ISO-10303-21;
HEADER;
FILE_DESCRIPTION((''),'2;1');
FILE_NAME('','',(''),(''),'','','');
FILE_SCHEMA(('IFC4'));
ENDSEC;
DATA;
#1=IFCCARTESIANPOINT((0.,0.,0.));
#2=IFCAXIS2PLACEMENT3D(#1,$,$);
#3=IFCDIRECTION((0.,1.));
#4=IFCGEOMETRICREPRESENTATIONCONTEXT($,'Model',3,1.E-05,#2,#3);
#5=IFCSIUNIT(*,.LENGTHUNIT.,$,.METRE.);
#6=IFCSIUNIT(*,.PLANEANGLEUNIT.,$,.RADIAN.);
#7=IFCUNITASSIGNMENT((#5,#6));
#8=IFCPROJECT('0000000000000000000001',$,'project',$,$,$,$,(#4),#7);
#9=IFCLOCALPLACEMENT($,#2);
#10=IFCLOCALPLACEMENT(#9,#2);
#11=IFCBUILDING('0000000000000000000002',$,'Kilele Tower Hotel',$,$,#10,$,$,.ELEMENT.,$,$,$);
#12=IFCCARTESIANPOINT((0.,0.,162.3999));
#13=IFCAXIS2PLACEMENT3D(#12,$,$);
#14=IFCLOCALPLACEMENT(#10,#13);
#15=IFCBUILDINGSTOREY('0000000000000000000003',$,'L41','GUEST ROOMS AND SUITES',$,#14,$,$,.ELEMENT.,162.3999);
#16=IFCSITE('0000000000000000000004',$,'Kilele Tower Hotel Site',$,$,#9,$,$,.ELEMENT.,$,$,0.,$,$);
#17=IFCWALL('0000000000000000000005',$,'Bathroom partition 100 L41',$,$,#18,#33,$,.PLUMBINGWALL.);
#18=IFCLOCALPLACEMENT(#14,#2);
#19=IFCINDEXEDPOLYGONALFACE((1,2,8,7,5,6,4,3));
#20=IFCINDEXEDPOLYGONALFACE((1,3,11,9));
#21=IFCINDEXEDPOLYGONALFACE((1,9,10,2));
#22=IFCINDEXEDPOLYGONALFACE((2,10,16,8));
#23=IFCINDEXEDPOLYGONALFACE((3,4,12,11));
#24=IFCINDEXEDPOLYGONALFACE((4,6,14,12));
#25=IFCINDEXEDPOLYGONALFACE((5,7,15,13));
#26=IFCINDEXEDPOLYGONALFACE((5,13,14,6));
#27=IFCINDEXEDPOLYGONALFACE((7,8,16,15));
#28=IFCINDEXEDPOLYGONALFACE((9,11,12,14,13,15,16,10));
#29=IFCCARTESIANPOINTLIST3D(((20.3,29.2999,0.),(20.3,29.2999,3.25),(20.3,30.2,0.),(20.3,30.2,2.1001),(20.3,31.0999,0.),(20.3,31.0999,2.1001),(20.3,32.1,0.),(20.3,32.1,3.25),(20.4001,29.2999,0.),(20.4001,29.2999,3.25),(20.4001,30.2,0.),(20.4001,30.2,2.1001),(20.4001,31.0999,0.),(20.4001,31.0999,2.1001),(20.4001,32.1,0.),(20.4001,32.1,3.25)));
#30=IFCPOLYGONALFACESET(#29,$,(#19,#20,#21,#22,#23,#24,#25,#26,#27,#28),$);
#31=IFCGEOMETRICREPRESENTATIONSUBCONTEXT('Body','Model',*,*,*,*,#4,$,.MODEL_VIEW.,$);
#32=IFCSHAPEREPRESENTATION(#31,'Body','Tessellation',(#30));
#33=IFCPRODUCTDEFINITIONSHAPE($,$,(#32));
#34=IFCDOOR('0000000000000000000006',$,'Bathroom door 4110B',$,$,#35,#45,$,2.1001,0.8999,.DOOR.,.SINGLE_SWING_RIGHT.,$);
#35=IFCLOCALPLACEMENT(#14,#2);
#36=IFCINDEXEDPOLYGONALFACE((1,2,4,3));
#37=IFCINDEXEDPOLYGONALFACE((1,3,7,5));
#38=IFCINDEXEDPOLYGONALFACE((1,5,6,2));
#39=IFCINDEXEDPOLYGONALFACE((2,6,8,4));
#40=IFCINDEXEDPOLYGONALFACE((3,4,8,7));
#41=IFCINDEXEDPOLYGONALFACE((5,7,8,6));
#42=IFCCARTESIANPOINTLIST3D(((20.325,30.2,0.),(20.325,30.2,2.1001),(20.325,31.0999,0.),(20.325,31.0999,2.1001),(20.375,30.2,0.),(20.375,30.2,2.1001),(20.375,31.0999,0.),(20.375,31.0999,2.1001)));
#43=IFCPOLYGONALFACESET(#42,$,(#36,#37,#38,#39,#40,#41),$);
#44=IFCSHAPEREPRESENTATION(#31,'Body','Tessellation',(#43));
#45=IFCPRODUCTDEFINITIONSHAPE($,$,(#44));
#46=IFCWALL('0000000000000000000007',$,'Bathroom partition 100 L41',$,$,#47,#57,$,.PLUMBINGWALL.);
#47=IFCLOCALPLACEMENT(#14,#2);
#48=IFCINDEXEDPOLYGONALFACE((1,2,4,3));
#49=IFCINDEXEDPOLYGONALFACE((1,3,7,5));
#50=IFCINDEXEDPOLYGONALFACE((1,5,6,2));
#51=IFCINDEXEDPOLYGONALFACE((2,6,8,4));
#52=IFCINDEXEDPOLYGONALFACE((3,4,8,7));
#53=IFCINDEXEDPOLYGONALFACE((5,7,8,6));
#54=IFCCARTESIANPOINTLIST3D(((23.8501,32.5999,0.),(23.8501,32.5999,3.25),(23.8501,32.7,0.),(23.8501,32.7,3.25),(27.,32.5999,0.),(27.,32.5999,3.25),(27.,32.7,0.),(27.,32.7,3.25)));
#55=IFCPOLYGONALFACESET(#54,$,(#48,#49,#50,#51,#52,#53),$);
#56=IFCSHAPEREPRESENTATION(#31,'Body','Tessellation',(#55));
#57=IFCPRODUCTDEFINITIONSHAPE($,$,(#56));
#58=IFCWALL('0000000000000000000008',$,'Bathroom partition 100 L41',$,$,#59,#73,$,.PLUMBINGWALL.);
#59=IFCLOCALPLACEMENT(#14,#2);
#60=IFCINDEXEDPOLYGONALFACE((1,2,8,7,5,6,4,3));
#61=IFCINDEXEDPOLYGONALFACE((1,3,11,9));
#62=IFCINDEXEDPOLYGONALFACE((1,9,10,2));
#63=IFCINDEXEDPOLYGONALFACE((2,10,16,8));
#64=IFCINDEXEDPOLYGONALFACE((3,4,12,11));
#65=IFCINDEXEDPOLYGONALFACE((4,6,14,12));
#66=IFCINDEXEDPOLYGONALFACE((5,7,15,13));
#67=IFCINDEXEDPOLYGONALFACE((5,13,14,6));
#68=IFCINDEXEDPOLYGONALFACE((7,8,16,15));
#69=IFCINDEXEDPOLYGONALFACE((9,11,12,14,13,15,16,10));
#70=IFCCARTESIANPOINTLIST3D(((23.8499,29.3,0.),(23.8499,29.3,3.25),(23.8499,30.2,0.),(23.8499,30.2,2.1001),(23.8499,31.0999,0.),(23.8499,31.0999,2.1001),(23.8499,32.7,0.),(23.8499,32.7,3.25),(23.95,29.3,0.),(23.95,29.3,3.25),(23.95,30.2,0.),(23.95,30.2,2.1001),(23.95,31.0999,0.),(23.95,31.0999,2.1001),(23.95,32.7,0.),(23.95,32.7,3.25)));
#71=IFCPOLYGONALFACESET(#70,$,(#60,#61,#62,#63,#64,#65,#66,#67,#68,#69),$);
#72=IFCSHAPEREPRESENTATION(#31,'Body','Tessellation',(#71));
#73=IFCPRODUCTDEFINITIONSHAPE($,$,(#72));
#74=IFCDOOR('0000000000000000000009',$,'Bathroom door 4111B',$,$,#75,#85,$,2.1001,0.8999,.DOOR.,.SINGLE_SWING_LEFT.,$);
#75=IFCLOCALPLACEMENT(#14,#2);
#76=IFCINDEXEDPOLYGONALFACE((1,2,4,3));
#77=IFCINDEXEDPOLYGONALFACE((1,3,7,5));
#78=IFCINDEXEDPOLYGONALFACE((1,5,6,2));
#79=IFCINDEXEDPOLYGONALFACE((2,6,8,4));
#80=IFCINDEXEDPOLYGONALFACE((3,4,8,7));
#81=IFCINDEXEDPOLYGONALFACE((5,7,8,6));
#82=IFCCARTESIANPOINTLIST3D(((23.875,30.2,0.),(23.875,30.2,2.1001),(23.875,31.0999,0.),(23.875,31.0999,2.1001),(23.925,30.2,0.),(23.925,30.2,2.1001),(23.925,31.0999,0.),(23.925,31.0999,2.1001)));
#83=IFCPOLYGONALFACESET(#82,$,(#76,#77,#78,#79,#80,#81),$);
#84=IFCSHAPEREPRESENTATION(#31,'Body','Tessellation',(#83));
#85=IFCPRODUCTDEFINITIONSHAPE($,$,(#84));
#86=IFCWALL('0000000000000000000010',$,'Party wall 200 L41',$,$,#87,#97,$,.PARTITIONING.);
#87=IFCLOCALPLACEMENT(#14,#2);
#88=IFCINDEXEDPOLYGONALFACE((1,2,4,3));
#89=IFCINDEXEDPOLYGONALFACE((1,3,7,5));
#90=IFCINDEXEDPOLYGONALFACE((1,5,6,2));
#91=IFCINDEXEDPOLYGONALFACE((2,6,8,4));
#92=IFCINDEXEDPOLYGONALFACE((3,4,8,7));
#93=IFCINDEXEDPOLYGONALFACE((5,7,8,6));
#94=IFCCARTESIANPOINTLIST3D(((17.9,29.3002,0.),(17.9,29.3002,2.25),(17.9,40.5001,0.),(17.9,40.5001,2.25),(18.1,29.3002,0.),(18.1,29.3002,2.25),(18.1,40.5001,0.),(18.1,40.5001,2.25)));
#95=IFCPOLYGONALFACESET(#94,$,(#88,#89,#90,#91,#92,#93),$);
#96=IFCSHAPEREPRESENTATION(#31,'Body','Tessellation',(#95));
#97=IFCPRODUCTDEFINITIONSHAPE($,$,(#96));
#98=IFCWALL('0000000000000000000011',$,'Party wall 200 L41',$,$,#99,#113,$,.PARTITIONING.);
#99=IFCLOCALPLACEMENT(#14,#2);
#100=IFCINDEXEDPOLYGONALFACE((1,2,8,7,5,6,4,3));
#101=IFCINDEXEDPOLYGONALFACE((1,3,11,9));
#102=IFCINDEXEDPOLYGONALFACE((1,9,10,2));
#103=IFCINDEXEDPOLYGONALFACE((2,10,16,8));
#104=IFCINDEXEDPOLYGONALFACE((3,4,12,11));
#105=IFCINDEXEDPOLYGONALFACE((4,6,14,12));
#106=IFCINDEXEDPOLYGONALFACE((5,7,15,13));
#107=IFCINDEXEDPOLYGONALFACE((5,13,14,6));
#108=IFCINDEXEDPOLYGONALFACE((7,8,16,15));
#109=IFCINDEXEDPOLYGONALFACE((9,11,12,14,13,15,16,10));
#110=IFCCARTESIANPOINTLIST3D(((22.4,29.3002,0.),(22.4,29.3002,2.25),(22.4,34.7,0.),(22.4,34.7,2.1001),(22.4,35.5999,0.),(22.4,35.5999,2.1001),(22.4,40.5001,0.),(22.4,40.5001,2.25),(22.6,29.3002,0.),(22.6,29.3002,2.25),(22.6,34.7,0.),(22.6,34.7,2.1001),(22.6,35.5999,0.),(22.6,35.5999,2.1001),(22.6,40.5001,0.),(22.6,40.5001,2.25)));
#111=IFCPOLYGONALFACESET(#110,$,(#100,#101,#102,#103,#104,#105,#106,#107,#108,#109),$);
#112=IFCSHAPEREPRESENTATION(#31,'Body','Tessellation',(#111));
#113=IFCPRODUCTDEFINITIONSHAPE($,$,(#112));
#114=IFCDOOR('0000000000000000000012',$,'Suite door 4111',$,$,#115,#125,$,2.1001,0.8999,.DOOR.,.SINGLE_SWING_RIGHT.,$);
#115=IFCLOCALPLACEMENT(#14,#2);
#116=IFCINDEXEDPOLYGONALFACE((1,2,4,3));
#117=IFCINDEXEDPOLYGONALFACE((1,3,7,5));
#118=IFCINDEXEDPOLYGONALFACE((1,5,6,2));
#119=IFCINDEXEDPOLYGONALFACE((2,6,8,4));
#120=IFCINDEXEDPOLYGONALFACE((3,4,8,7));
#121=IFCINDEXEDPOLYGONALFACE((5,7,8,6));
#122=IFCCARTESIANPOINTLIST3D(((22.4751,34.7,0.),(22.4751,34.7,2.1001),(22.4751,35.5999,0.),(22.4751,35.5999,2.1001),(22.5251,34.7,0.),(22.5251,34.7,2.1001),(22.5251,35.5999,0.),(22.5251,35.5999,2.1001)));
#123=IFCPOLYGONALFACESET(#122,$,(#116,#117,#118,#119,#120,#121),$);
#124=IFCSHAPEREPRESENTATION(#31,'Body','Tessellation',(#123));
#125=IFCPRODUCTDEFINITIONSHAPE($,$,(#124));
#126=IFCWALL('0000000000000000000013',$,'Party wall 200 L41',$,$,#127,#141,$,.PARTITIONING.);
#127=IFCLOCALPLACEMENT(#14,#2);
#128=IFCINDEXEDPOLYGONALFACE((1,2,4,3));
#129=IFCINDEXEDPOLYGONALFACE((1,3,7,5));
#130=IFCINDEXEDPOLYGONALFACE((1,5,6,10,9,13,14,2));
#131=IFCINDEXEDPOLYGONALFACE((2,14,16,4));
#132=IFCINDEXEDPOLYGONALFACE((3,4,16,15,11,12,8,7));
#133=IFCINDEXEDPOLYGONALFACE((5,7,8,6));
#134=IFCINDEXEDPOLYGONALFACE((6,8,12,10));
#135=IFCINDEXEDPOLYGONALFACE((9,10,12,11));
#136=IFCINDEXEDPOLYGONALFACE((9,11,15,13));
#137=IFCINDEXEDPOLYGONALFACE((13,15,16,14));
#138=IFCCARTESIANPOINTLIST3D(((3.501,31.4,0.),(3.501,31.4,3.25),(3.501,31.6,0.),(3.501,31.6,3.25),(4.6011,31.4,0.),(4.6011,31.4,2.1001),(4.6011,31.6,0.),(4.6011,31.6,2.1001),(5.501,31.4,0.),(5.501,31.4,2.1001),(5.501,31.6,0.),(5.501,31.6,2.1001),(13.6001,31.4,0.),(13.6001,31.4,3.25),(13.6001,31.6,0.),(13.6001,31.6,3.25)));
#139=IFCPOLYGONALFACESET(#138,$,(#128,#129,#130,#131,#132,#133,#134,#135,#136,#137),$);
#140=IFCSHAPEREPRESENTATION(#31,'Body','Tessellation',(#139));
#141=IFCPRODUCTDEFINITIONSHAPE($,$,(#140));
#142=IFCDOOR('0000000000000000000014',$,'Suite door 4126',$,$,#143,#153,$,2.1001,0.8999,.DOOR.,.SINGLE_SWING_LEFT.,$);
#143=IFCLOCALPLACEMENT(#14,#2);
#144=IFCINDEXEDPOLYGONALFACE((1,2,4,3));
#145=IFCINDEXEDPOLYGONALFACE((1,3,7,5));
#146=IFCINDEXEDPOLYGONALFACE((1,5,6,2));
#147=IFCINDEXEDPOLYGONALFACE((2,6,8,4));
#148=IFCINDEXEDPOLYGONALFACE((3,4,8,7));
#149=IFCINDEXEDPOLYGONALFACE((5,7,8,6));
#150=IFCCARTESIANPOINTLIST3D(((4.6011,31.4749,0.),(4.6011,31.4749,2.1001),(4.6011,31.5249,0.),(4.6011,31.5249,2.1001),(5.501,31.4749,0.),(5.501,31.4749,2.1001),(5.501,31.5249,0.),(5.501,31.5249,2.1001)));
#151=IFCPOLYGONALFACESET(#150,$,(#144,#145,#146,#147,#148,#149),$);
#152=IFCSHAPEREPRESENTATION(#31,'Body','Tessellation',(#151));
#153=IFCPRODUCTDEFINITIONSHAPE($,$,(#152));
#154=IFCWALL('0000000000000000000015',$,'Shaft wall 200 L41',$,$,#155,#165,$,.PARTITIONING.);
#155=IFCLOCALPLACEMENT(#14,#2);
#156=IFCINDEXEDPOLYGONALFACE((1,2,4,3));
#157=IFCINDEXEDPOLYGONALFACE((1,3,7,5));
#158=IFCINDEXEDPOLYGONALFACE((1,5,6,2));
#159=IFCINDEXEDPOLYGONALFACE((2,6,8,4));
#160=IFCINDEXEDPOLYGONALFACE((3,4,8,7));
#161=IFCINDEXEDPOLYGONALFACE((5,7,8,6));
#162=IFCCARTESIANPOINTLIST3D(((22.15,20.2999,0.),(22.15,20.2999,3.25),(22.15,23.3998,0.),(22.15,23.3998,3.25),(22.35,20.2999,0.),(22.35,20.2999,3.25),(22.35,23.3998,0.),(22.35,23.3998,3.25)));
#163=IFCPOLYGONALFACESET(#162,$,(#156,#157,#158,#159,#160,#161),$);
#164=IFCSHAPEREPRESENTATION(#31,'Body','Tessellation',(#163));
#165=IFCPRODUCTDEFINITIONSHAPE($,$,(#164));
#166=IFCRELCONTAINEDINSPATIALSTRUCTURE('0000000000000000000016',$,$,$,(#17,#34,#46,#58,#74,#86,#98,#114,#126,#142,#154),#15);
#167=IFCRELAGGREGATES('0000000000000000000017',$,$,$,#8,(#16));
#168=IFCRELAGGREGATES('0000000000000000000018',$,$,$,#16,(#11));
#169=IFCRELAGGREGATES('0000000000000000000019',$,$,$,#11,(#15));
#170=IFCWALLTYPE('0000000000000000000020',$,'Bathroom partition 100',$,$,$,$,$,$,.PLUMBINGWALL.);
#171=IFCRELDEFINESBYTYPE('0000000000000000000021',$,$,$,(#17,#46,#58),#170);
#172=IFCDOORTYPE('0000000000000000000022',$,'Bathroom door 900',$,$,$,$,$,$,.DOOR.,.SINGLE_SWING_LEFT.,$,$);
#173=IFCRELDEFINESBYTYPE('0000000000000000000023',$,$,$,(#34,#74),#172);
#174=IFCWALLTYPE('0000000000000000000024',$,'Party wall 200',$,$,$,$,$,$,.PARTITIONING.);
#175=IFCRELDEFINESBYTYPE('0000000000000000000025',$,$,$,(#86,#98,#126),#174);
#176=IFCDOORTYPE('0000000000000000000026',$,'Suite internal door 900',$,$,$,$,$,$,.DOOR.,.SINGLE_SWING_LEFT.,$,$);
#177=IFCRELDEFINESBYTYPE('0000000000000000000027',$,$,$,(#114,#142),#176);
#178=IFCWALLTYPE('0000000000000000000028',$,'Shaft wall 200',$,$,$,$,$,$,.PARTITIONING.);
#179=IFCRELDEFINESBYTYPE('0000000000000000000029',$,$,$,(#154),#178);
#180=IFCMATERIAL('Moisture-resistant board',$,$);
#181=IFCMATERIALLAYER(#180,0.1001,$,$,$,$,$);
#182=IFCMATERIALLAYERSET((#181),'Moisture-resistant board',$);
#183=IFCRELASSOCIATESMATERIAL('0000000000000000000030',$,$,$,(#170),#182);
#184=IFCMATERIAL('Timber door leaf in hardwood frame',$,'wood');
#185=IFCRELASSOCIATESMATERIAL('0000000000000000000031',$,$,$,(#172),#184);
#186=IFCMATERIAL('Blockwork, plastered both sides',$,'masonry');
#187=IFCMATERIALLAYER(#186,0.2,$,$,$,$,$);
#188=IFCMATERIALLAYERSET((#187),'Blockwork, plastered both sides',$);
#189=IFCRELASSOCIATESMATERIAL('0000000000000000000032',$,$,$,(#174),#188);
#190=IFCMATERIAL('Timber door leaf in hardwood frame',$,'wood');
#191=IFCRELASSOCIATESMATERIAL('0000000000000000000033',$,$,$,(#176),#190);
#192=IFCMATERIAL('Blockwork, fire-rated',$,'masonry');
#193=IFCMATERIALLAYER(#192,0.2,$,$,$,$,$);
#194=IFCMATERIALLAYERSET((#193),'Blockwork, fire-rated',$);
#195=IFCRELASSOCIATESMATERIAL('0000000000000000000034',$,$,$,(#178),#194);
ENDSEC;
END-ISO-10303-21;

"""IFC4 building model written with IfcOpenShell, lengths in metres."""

from ifc_helpers import new_model, si_unit, direction, frame, frame_2d, origin, place, context, subcontext, project, spatial, rectangle, extrude, material, layer, layer_set, type_object, element, fill, save


model = new_model("IFC4")

# Units and contexts
model_context = context("Model", 3, precision=1e-05, world=origin(), true_north=direction((0.0, 1.0)))
body_context = subcontext(model_context, "Body", "Model", "MODEL_VIEW")
ifc_project = project(units=[si_unit("LENGTHUNIT", "METRE"), si_unit("PLANEANGLEUNIT", "RADIAN")], contexts=[model_context])

# Site, building, storey
site_placement = place(None, origin())
site = spatial("IfcSite", under=ifc_project, at=site_placement, Name="Kilele Tower Hotel Site", CompositionType="ELEMENT", RefElevation=0.0)
building_placement = place(site_placement, origin())
building = spatial("IfcBuilding", under=site, at=building_placement, Name="Kilele Tower Hotel", CompositionType="ELEMENT")
storey_placement = place(building_placement, frame((0.0, 0.0, 162.3999)))
storey = spatial("IfcBuildingStorey", under=building, at=storey_placement, Name="L41", Description="GUEST ROOMS AND SUITES", CompositionType="ELEMENT", Elevation=162.3999)

# Shared definitions
ifc_material_1 = material(Name="Moisture-resistant board")
ifc_layer_1 = layer(ifc_material_1, 0.1001)
ifc_layer_set_1 = layer_set([ifc_layer_1], Name="Moisture-resistant board")
wall_type_1 = type_object("IfcWallType", Name="Bathroom partition 100", PredefinedType="PLUMBINGWALL", material=ifc_layer_set_1)

# Shared definitions
ifc_material_2 = material(Name="Timber door leaf in hardwood frame", Category="wood")
door_type_1 = type_object("IfcDoorType", Name="Bathroom door 900", OperationType="SINGLE_SWING_LEFT", PredefinedType="DOOR", material=ifc_material_2)

# Wall, opening, door
wall_1_placement = place(storey_placement, frame((20.3501, 29.3, 0.0), z_axis=(0.0, 0.0, 1.0), x_axis=(0.0, 1.0, 0.0)))
wall_1 = element("IfcWall", 1, at=wall_1_placement, inside=storey, type_object=wall_type_1, Name="Bathroom partition 100 L41", PredefinedType="PLUMBINGWALL", context=body_context, shape_type="SweptSolid", body=[
    extrude(rectangle(XDim=2.8, YDim=0.1001, at=frame_2d((1.3999, 0.0))), origin(), (0.0, 0.0, 1.0), 3.25),
])
opening_1_placement = place(wall_1_placement, frame((1.7998, 0.0, 0.0), z_axis=(0.0, 0.0, 1.0), x_axis=(-1.0, 0.0, 0.0)))
opening_1 = element("IfcOpeningElement", 2, at=opening_1_placement, cuts=wall_1, PredefinedType="OPENING", context=body_context, shape_type="SweptSolid", body=[
    extrude(rectangle(XDim=0.8999, YDim=2.1001, at=frame_2d((0.45, 1.05))), frame((0.0, 0.0601, 0.0), z_axis=(0.0, -1.0, 0.0), x_axis=(1.0, 0.0, 0.0)), (0.0, 0.0, 1.0), 0.1201),
])
door_1_placement = place(opening_1_placement, origin())
door_1 = element("IfcDoor", 3, at=door_1_placement, inside=storey, type_object=door_type_1, Name="Bathroom door 4110B", OperationType="SINGLE_SWING_RIGHT", OverallHeight=2.1001, OverallWidth=0.8999, PredefinedType="DOOR", context=body_context, shape_type="SweptSolid", body=[
    extrude(rectangle(XDim=0.8999, YDim=2.1001, at=frame_2d((0.45, 1.05))), frame((0.0, 0.0249, 0.0), z_axis=(0.0, -1.0, 0.0), x_axis=(1.0, 0.0, 0.0)), (0.0, 0.0, 1.0), 0.05),
])
fill(opening_1, door_1)

# Wall
wall_2_placement = place(storey_placement, frame((23.8501, 32.6499, 0.0), z_axis=(0.0, 0.0, 1.0), x_axis=(1.0, 0.0, 0.0)))
element("IfcWall", 4, at=wall_2_placement, inside=storey, type_object=wall_type_1, Name="Bathroom partition 100 L41", PredefinedType="PLUMBINGWALL", context=body_context, shape_type="SweptSolid", body=[
    extrude(rectangle(XDim=3.1499, YDim=0.1001, at=frame_2d((1.575, 0.0))), origin(), (0.0, 0.0, 1.0), 3.25),
])

# Wall, opening, door
wall_3_placement = place(storey_placement, frame((23.8999, 29.3, 0.0), z_axis=(0.0, 0.0, 1.0), x_axis=(0.0, 1.0, 0.0)))
wall_3 = element("IfcWall", 5, at=wall_3_placement, inside=storey, type_object=wall_type_1, Name="Bathroom partition 100 L41", PredefinedType="PLUMBINGWALL", context=body_context, shape_type="SweptSolid", body=[
    extrude(rectangle(XDim=3.3999, YDim=0.1001, at=frame_2d((1.7, 0.0))), origin(), (0.0, 0.0, 1.0), 3.25),
])
opening_2_placement = place(wall_3_placement, frame((0.8999, 0.0, 0.0)))
opening_2 = element("IfcOpeningElement", 6, at=opening_2_placement, cuts=wall_3, PredefinedType="OPENING", context=body_context, shape_type="SweptSolid", body=[
    extrude(rectangle(XDim=0.8999, YDim=2.1001, at=frame_2d((0.45, 1.05))), frame((0.0, 0.0601, 0.0), z_axis=(0.0, -1.0, 0.0), x_axis=(1.0, 0.0, 0.0)), (0.0, 0.0, 1.0), 0.1201),
])
door_2_placement = place(opening_2_placement, origin())
door_2 = element("IfcDoor", 7, at=door_2_placement, inside=storey, type_object=door_type_1, Name="Bathroom door 4111B", OperationType="SINGLE_SWING_LEFT", OverallHeight=2.1001, OverallWidth=0.8999, PredefinedType="DOOR", context=body_context, shape_type="SweptSolid", body=[
    extrude(rectangle(XDim=0.8999, YDim=2.1001, at=frame_2d((0.45, 1.05))), frame((0.0, 0.0249, 0.0), z_axis=(0.0, -1.0, 0.0), x_axis=(1.0, 0.0, 0.0)), (0.0, 0.0, 1.0), 0.05),
])
fill(opening_2, door_2)

# Wall
ifc_material_3 = material(Name="Blockwork, plastered both sides", Category="masonry")
ifc_layer_2 = layer(ifc_material_3, 0.2)
ifc_layer_set_2 = layer_set([ifc_layer_2], Name="Blockwork, plastered both sides")
wall_type_2 = type_object("IfcWallType", Name="Party wall 200", PredefinedType="PARTITIONING", material=ifc_layer_set_2)
wall_4_placement = place(storey_placement, frame((18.0, 29.3, 0.0), z_axis=(0.0, 0.0, 1.0), x_axis=(0.0, 1.0, 0.0)))
element("IfcWall", 8, at=wall_4_placement, inside=storey, type_object=wall_type_2, Name="Party wall 200 L41", PredefinedType="PARTITIONING", context=body_context, shape_type="SweptSolid", body=[
    extrude(rectangle(XDim=11.2, YDim=0.2, at=frame_2d((5.6001, 0.0))), origin(), (0.0, 0.0, 1.0), 2.25),
])

# Walls, openings, doors
wall_5_placement = place(storey_placement, frame((22.5, 29.3, 0.0), z_axis=(0.0, 0.0, 1.0), x_axis=(0.0, 1.0, 0.0)))
wall_5 = element("IfcWall", 9, at=wall_5_placement, inside=storey, type_object=wall_type_2, Name="Party wall 200 L41", PredefinedType="PARTITIONING", context=body_context, shape_type="SweptSolid", body=[
    extrude(rectangle(XDim=11.2, YDim=0.2, at=frame_2d((5.6001, 0.0))), origin(), (0.0, 0.0, 1.0), 2.25),
])
opening_3_placement = place(wall_5_placement, frame((5.3999, 0.0, 0.0)))
opening_3 = element("IfcOpeningElement", 10, at=opening_3_placement, cuts=wall_5, PredefinedType="OPENING", context=body_context, shape_type="SweptSolid", body=[
    extrude(rectangle(XDim=0.8999, YDim=2.1001, at=frame_2d((0.45, 1.05))), frame((0.0, 0.1099, 0.0), z_axis=(0.0, -1.0, 0.0), x_axis=(1.0, 0.0, 0.0)), (0.0, 0.0, 1.0), 0.22),
])
ifc_material_4 = material(Name="Timber door leaf in hardwood frame", Category="wood")
door_type_2 = type_object("IfcDoorType", Name="Suite internal door 900", OperationType="SINGLE_SWING_LEFT", PredefinedType="DOOR", material=ifc_material_4)
door_3_placement = place(opening_3_placement, origin())
door_3 = element("IfcDoor", 11, at=door_3_placement, inside=storey, type_object=door_type_2, Name="Suite door 4111", OperationType="SINGLE_SWING_RIGHT", OverallHeight=2.1001, OverallWidth=0.8999, PredefinedType="DOOR", context=body_context, shape_type="SweptSolid", body=[
    extrude(rectangle(XDim=0.8999, YDim=2.1001, at=frame_2d((0.45, 1.05))), frame((0.0, 0.0249, 0.0), z_axis=(0.0, -1.0, 0.0), x_axis=(1.0, 0.0, 0.0)), (0.0, 0.0, 1.0), 0.05),
])
fill(opening_3, door_3)
wall_6_placement = place(storey_placement, frame((13.6001, 31.5, 0.0), z_axis=(0.0, 0.0, 1.0), x_axis=(-1.0, 0.0, 0.0)))
wall_6 = element("IfcWall", 12, at=wall_6_placement, inside=storey, type_object=wall_type_2, Name="Party wall 200 L41", PredefinedType="PARTITIONING", context=body_context, shape_type="SweptSolid", body=[
    extrude(rectangle(XDim=10.0991, YDim=0.2, at=frame_2d((5.0496, 0.0))), origin(), (0.0, 0.0, 1.0), 3.25),
])
opening_4_placement = place(wall_6_placement, frame((8.999, 0.0, 0.0), z_axis=(0.0, 0.0, 1.0), x_axis=(-1.0, 0.0, 0.0)))
opening_4 = element("IfcOpeningElement", 13, at=opening_4_placement, cuts=wall_6, PredefinedType="OPENING", context=body_context, shape_type="SweptSolid", body=[
    extrude(rectangle(XDim=0.8999, YDim=2.1001, at=frame_2d((0.45, 1.05))), frame((0.0, 0.1099, 0.0), z_axis=(0.0, -1.0, 0.0), x_axis=(1.0, 0.0, 0.0)), (0.0, 0.0, 1.0), 0.22),
])
door_4_placement = place(opening_4_placement, origin())
door_4 = element("IfcDoor", 14, at=door_4_placement, inside=storey, type_object=door_type_2, Name="Suite door 4126", OperationType="SINGLE_SWING_LEFT", OverallHeight=2.1001, OverallWidth=0.8999, PredefinedType="DOOR", context=body_context, shape_type="SweptSolid", body=[
    extrude(rectangle(XDim=0.8999, YDim=2.1001, at=frame_2d((0.45, 1.05))), frame((0.0, 0.0249, 0.0), z_axis=(0.0, -1.0, 0.0), x_axis=(1.0, 0.0, 0.0)), (0.0, 0.0, 1.0), 0.05),
])
fill(opening_4, door_4)

# Wall
ifc_material_5 = material(Name="Blockwork, fire-rated", Category="masonry")
ifc_layer_3 = layer(ifc_material_5, 0.2)
ifc_layer_set_3 = layer_set([ifc_layer_3], Name="Blockwork, fire-rated")
wall_type_3 = type_object("IfcWallType", Name="Shaft wall 200", PredefinedType="PARTITIONING", material=ifc_layer_set_3)
wall_7_placement = place(storey_placement, frame((22.25, 20.3, 0.0), z_axis=(0.0, 0.0, 1.0), x_axis=(0.0, 1.0, 0.0)))
element("IfcWall", 15, at=wall_7_placement, inside=storey, type_object=wall_type_3, Name="Shaft wall 200 L41", PredefinedType="PARTITIONING", context=body_context, shape_type="SweptSolid", body=[
    extrude(rectangle(XDim=3.0999, YDim=0.2, at=frame_2d((1.5498, 0.0))), origin(), (0.0, 0.0, 1.0), 3.25),
])

save(model, "model.ifc")
